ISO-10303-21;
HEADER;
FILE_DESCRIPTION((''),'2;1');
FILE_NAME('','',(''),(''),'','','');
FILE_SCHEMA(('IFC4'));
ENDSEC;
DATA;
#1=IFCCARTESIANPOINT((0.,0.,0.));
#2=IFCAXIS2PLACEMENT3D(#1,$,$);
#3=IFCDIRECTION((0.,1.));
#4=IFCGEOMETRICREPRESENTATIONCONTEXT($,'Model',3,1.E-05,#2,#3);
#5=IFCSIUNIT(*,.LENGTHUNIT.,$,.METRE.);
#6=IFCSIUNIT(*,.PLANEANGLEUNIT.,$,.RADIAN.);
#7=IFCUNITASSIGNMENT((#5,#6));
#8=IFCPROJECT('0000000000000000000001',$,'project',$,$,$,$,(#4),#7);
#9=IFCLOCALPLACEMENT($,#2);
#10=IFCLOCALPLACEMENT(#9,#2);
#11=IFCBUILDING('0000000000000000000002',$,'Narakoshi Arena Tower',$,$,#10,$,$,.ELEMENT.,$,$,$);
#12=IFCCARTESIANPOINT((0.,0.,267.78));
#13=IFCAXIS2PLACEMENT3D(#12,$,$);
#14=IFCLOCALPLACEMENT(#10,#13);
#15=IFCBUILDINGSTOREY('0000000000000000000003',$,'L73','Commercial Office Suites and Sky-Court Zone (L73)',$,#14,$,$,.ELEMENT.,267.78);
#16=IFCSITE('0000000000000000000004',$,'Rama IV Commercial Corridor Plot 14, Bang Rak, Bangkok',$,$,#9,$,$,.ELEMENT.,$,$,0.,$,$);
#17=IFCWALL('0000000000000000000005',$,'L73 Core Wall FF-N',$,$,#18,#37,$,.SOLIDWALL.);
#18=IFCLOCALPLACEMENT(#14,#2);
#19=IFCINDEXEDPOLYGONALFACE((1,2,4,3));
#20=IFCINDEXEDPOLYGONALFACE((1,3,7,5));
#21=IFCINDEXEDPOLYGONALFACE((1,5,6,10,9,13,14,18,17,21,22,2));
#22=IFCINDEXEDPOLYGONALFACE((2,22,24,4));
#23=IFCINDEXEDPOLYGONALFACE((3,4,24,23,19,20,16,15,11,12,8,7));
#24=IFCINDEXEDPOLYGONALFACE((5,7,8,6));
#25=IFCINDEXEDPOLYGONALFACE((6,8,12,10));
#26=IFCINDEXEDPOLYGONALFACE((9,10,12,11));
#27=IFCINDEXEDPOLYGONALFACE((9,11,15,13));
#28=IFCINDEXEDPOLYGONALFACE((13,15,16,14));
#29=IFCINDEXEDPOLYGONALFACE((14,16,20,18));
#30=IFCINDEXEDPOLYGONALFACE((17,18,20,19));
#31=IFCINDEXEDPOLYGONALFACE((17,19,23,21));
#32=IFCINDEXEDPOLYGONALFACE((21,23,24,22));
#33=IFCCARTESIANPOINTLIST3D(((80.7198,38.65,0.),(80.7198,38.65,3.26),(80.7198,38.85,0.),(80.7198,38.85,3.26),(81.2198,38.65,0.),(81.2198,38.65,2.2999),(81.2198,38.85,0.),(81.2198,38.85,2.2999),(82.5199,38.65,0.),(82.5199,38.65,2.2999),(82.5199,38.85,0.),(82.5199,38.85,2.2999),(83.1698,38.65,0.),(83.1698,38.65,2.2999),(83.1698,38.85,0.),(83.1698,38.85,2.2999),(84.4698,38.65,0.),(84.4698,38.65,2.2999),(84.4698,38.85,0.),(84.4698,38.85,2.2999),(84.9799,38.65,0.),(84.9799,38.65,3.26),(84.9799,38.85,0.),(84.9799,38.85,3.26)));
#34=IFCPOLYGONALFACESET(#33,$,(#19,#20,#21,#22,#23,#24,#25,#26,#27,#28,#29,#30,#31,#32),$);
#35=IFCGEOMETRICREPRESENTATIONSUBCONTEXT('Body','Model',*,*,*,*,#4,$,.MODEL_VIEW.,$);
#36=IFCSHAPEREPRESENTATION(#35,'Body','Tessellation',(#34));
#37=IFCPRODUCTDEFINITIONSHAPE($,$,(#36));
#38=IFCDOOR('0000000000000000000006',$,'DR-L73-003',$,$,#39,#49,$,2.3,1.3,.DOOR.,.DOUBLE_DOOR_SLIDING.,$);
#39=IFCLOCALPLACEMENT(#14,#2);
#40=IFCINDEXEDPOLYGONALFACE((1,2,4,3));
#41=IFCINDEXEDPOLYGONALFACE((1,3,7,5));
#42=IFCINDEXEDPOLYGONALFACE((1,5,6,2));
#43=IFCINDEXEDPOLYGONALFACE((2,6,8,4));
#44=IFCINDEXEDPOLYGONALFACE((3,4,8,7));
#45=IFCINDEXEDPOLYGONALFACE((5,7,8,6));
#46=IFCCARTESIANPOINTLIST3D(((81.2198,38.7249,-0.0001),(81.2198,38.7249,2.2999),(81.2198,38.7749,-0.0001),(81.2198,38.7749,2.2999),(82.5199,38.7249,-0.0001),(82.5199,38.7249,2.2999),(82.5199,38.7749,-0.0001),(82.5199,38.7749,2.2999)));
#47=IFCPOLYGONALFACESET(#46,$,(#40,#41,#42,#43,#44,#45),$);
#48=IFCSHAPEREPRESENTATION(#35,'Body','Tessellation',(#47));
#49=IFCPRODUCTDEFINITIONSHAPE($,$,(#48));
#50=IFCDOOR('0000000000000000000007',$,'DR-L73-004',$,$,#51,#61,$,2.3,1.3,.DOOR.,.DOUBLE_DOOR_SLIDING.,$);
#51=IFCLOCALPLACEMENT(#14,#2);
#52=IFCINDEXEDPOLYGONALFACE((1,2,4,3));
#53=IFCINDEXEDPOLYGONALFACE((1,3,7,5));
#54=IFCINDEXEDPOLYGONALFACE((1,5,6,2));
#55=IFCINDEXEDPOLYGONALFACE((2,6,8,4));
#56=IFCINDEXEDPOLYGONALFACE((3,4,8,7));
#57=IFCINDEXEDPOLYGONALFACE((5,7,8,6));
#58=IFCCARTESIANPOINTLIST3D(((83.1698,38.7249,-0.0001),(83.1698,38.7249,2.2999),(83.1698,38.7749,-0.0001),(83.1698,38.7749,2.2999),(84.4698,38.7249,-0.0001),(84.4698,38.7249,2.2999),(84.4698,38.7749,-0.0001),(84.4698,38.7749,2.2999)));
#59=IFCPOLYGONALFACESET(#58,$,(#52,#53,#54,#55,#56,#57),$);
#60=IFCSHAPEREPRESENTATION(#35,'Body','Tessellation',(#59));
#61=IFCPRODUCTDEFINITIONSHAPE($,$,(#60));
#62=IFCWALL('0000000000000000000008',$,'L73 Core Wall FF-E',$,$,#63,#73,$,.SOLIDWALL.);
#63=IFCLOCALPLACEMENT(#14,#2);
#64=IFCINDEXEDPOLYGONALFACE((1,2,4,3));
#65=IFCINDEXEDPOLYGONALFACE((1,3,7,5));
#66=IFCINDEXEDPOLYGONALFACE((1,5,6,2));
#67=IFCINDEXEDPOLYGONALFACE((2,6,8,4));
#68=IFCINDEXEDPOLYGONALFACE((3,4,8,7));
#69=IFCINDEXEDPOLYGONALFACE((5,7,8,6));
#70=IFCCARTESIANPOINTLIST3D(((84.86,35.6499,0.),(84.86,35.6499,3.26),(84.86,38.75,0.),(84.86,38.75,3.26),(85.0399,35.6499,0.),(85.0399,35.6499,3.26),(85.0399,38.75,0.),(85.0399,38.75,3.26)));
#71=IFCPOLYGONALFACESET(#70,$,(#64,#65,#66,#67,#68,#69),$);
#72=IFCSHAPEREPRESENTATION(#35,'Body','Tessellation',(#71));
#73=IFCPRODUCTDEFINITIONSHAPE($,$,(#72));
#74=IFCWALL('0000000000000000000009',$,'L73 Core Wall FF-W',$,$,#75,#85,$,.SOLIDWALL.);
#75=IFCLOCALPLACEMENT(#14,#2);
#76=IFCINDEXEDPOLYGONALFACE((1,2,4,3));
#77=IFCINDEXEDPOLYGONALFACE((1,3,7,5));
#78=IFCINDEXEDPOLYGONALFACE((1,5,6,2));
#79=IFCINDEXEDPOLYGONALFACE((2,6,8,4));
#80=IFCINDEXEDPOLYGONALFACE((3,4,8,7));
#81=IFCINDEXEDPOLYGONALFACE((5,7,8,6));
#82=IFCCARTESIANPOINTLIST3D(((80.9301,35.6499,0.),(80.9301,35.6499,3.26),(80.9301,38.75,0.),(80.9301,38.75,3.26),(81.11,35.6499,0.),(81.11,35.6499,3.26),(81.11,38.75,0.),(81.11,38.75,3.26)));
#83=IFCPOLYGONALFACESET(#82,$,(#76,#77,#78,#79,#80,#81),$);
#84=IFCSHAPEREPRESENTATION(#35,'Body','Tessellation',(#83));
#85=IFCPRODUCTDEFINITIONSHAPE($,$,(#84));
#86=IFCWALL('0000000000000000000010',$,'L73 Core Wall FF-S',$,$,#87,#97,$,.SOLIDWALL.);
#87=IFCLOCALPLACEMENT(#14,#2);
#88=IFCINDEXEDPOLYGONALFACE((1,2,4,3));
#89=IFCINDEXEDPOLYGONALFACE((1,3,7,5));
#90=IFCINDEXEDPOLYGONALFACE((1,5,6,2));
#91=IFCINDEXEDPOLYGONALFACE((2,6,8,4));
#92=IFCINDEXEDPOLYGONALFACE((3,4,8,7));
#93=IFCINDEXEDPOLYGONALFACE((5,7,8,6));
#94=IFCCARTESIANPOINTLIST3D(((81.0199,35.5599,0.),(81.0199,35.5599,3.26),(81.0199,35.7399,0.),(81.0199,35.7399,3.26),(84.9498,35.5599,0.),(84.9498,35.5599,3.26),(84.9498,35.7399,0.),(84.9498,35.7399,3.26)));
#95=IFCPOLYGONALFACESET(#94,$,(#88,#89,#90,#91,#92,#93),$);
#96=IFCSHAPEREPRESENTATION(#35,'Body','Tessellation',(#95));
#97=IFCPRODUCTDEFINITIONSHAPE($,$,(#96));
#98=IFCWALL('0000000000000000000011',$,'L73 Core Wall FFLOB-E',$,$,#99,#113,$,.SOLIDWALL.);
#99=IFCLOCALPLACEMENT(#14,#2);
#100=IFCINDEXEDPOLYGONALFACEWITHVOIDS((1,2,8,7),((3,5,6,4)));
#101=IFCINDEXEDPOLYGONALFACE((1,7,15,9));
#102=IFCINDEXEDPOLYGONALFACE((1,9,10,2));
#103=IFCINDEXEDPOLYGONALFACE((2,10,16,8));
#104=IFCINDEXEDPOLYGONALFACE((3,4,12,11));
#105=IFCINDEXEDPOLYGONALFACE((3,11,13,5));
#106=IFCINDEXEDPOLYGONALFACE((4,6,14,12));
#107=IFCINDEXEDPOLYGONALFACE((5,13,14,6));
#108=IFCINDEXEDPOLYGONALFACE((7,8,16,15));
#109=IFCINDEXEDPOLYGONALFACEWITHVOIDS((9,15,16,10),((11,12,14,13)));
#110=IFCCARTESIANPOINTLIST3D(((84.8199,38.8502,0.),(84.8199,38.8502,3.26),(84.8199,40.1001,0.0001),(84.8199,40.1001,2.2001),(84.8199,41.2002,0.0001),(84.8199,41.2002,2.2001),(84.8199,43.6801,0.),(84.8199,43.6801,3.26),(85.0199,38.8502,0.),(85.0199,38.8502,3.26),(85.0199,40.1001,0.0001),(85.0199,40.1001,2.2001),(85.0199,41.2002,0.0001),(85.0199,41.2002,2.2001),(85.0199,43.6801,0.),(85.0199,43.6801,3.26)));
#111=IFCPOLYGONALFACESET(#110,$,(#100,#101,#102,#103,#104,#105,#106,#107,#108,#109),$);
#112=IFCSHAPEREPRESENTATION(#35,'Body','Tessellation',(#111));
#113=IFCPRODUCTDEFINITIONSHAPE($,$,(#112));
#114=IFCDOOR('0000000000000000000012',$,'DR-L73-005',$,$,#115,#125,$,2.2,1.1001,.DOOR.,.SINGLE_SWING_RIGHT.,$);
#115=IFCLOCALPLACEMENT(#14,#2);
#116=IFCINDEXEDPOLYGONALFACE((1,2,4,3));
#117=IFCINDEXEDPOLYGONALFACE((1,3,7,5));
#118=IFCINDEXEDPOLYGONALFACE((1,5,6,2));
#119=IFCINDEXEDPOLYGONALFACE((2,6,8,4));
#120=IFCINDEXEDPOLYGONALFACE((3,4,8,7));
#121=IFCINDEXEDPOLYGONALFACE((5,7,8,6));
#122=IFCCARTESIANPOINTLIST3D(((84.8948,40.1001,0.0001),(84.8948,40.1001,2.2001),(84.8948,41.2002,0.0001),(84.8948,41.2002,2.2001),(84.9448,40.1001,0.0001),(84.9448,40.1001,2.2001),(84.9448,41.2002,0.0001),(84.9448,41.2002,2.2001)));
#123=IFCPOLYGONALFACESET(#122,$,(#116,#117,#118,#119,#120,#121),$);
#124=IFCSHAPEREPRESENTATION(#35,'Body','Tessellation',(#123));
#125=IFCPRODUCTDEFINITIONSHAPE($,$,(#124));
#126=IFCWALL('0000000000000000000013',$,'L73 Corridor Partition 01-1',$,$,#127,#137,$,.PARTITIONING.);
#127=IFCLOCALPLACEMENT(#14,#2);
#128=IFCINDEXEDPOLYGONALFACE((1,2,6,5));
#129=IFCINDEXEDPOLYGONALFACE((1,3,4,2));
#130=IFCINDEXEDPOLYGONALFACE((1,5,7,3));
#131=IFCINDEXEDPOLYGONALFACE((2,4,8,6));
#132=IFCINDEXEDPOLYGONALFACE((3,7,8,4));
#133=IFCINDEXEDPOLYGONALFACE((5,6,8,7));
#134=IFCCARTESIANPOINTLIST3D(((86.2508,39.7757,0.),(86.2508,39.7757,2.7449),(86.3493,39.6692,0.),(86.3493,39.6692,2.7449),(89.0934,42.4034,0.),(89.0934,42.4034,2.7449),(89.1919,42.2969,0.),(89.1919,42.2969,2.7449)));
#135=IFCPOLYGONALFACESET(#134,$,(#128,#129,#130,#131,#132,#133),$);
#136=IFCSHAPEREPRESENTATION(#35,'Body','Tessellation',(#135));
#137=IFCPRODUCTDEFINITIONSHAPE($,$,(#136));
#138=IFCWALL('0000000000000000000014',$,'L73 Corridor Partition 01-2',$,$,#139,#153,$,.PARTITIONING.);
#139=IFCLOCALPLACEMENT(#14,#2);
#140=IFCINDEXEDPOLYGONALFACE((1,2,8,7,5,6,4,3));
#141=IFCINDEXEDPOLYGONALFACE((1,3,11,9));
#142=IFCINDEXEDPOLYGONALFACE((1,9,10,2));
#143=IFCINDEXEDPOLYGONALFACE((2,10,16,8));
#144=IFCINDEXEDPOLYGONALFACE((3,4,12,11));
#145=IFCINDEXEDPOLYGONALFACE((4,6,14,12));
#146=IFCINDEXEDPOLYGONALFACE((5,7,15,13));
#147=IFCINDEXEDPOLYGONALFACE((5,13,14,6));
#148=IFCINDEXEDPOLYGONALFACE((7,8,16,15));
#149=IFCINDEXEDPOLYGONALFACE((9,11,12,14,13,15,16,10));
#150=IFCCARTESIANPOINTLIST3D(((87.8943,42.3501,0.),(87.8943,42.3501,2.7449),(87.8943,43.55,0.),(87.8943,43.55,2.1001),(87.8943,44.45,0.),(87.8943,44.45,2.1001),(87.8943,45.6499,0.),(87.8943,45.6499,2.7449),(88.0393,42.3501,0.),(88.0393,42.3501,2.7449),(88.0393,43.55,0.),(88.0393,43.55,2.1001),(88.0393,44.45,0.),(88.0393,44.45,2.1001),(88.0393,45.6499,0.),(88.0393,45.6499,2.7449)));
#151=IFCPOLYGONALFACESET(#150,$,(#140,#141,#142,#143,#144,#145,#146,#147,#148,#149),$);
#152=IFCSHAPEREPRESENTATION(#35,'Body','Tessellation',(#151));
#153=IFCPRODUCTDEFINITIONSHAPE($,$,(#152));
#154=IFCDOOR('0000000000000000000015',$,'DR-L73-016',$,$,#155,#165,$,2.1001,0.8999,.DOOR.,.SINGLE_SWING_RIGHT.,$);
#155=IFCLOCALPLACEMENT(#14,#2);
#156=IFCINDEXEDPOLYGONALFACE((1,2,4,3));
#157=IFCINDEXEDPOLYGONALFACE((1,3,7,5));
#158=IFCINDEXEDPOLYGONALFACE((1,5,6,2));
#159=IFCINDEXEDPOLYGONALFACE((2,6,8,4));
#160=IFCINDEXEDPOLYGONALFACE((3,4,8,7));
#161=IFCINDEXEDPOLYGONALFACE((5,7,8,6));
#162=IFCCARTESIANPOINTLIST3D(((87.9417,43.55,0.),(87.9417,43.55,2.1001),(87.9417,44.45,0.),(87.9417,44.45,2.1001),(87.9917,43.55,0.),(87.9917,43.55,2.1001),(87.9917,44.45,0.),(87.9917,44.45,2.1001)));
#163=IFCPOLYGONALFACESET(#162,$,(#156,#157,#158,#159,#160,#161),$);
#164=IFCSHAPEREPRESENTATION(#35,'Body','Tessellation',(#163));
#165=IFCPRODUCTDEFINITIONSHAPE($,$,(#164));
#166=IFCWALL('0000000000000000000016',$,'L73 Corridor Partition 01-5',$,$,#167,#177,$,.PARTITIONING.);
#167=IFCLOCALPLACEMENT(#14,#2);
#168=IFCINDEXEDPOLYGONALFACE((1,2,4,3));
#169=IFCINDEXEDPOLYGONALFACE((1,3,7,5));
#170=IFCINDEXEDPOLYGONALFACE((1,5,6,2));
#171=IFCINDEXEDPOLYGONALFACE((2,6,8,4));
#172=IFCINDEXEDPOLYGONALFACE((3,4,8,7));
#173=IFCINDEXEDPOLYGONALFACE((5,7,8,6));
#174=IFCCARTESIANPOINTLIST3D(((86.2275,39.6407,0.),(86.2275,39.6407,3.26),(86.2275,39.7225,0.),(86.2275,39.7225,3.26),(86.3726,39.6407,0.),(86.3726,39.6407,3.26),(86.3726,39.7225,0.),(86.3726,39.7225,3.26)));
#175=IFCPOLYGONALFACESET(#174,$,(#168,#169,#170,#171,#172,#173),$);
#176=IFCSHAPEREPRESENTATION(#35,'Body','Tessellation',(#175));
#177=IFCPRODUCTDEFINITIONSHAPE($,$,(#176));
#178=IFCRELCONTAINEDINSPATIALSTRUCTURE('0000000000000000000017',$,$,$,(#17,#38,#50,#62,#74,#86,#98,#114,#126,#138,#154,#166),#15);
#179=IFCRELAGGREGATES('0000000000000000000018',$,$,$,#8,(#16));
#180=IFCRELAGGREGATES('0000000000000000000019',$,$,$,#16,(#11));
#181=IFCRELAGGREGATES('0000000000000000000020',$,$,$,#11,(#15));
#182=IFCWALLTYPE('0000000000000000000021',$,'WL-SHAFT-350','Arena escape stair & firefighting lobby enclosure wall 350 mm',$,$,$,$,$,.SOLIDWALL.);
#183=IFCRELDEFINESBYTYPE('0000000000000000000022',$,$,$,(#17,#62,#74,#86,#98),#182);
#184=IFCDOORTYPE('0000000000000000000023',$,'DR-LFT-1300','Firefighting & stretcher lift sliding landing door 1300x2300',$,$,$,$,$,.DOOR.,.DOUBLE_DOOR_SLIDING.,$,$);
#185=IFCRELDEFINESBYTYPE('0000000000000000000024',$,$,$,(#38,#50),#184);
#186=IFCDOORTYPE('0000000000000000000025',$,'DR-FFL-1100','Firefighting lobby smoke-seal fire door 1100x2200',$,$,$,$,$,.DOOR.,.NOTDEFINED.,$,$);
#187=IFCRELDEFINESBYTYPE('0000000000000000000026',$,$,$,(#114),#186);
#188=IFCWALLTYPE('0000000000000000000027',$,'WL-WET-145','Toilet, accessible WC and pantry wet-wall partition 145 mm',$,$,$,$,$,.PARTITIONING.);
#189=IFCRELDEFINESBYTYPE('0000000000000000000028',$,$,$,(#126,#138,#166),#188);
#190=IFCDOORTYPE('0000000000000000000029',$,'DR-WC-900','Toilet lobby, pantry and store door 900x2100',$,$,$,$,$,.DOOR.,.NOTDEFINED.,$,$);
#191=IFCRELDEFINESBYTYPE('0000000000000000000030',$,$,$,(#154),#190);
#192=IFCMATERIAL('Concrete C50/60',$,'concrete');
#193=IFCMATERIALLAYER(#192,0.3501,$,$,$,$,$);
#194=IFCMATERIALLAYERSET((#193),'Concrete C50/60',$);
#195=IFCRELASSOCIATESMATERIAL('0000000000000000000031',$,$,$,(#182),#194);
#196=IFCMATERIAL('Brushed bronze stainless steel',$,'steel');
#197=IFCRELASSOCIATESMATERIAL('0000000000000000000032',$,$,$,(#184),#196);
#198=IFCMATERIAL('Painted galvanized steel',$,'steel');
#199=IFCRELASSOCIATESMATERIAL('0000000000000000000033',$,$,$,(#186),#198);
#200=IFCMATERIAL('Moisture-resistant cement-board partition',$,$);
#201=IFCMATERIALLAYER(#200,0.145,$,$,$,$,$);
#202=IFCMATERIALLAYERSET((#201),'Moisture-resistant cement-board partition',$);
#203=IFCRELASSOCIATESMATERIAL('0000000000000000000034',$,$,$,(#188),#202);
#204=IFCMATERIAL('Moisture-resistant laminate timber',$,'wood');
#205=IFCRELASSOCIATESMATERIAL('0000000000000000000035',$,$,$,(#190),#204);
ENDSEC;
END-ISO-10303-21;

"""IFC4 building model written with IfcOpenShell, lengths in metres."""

from ifc_helpers import new_model, si_unit, direction, frame, frame_2d, origin, place, context, subcontext, project, spatial, rectangle, extrude, material, layer, layer_set, type_object, element, fill, save


model = new_model("IFC4")

# Units and contexts
model_context = context("Model", 3, precision=1e-05, world=origin(), true_north=direction((0.0, 1.0)))
body_context = subcontext(model_context, "Body", "Model", "MODEL_VIEW")
ifc_project = project(units=[si_unit("LENGTHUNIT", "METRE"), si_unit("PLANEANGLEUNIT", "RADIAN")], contexts=[model_context])

# Site, building, storey
site_placement = place(None, origin())
site = spatial("IfcSite", under=ifc_project, at=site_placement, Name="Rama IV Commercial Corridor Plot 14, Bang Rak, Bangkok", CompositionType="ELEMENT", RefElevation=0.0)
building_placement = place(site_placement, origin())
building = spatial("IfcBuilding", under=site, at=building_placement, Name="Narakoshi Arena Tower", CompositionType="ELEMENT")
storey_placement = place(building_placement, frame((0.0, 0.0, 267.78)))
storey = spatial("IfcBuildingStorey", under=building, at=storey_placement, Name="L73", Description="Commercial Office Suites and Sky-Court Zone (L73)", CompositionType="ELEMENT", Elevation=267.78)

# Shared definitions
ifc_material_1 = material(Name="Concrete C50/60", Category="concrete")

# Shared definitions
ifc_layer_1 = layer(ifc_material_1, 0.3501)
ifc_layer_set_1 = layer_set([ifc_layer_1], Name="Concrete C50/60")
wall_type_1 = type_object("IfcWallType", Name="WL-SHAFT-350", Description="Arena escape stair & firefighting lobby enclosure wall 350 mm", PredefinedType="SOLIDWALL", material=ifc_layer_set_1)

# Shared definitions
ifc_material_2 = material(Name="Painted galvanized steel", Category="steel")

# Wall, openings, doors
wall_1_placement = place(storey_placement, frame((80.72, 38.75, 0.0), z_axis=(0.0, 0.0, 1.0), x_axis=(1.0, 0.0, 0.0)))
wall_1 = element("IfcWall", 1, at=wall_1_placement, inside=storey, type_object=wall_type_1, Name="L73 Core Wall FF-N", PredefinedType="SOLIDWALL", context=body_context, shape_type="SweptSolid", body=[
    extrude(rectangle(XDim=4.26, YDim=0.2, at=frame_2d((2.1299, 0.0))), origin(), (0.0, 0.0, 1.0), 3.26),
])
opening_1_placement = place(wall_1_placement, frame((0.5, 0.0, 0.0)))
opening_1 = element("IfcOpeningElement", 2, at=opening_1_placement, cuts=wall_1, PredefinedType="OPENING", context=body_context, shape_type="SweptSolid", body=[
    extrude(rectangle(XDim=1.3, YDim=2.3, at=frame_2d((0.6499, 1.1499))), frame((0.0, 0.1099, 0.0), z_axis=(0.0, -1.0, 0.0), x_axis=(1.0, 0.0, 0.0)), (0.0, 0.0, 1.0), 0.22),
])
opening_2_placement = place(wall_1_placement, frame((2.45, 0.0, 0.0)))
opening_2 = element("IfcOpeningElement", 3, at=opening_2_placement, cuts=wall_1, PredefinedType="OPENING", context=body_context, shape_type="SweptSolid", body=[
    extrude(rectangle(XDim=1.3, YDim=2.3, at=frame_2d((0.6499, 1.1499))), frame((0.0, 0.1099, 0.0), z_axis=(0.0, -1.0, 0.0), x_axis=(1.0, 0.0, 0.0)), (0.0, 0.0, 1.0), 0.22),
])
ifc_material_3 = material(Name="Brushed bronze stainless steel", Category="steel")
door_type_1 = type_object("IfcDoorType", Name="DR-LFT-1300", Description="Firefighting & stretcher lift sliding landing door 1300x2300", OperationType="DOUBLE_DOOR_SLIDING", PredefinedType="DOOR", material=ifc_material_3)
door_1_placement = place(opening_1_placement, origin())
door_1 = element("IfcDoor", 4, at=door_1_placement, inside=storey, type_object=door_type_1, Name="DR-L73-003", OperationType="DOUBLE_DOOR_SLIDING", OverallHeight=2.3, OverallWidth=1.3, PredefinedType="DOOR", context=body_context, shape_type="SweptSolid", body=[
    extrude(rectangle(XDim=1.3, YDim=2.3, at=frame_2d((0.6499, 1.1499))), frame((0.0, 0.0249, 0.0), z_axis=(0.0, -1.0, 0.0), x_axis=(1.0, 0.0, 0.0)), (0.0, 0.0, 1.0), 0.05),
])
fill(opening_1, door_1)
door_2_placement = place(opening_2_placement, origin())
door_2 = element("IfcDoor", 5, at=door_2_placement, inside=storey, type_object=door_type_1, Name="DR-L73-004", OperationType="DOUBLE_DOOR_SLIDING", OverallHeight=2.3, OverallWidth=1.3, PredefinedType="DOOR", context=body_context, shape_type="SweptSolid", body=[
    extrude(rectangle(XDim=1.3, YDim=2.3, at=frame_2d((0.6499, 1.1499))), frame((0.0, 0.0249, 0.0), z_axis=(0.0, -1.0, 0.0), x_axis=(1.0, 0.0, 0.0)), (0.0, 0.0, 1.0), 0.05),
])
fill(opening_2, door_2)

# Walls
for number, where, z_axis, x_axis, name in (
    (6, (84.95, 35.6499, 0.0), (0.0, 0.0, 1.0), (0.0, 1.0, 0.0), "L73 Core Wall FF-E"),
    (7, (81.02, 35.6499, 0.0), (0.0, 0.0, 1.0), (0.0, 1.0, 0.0), "L73 Core Wall FF-W"),
):
    element("IfcWall", number, at=place(storey_placement, frame(where, z_axis=z_axis, x_axis=x_axis)), inside=storey, type_object=wall_type_1, Name=name, PredefinedType="SOLIDWALL", context=body_context, shape_type="SweptSolid", body=[
        extrude(rectangle(XDim=3.1001, YDim=0.1799, at=frame_2d((1.55, 0.0))), origin(), (0.0, 0.0, 1.0), 3.26),
    ])
wall_2_placement = place(storey_placement, frame((81.02, 35.6499, 0.0), z_axis=(0.0, 0.0, 1.0), x_axis=(1.0, 0.0, 0.0)))
element("IfcWall", 8, at=wall_2_placement, inside=storey, type_object=wall_type_1, Name="L73 Core Wall FF-S", PredefinedType="SOLIDWALL", context=body_context, shape_type="SweptSolid", body=[
    extrude(rectangle(XDim=3.9299, YDim=0.1799, at=frame_2d((1.9648, 0.0))), origin(), (0.0, 0.0, 1.0), 3.26),
])

# Wall, opening, door
wall_3_placement = place(storey_placement, frame((84.9199, 38.8501, 0.0), z_axis=(0.0, 0.0, 1.0), x_axis=(0.0, 1.0, 0.0)))
wall_3 = element("IfcWall", 9, at=wall_3_placement, inside=storey, type_object=wall_type_1, Name="L73 Core Wall FFLOB-E", PredefinedType="SOLIDWALL", context=body_context, shape_type="SweptSolid", body=[
    extrude(rectangle(XDim=4.8298, YDim=0.2, at=frame_2d((2.415, 0.0))), origin(), (0.0, 0.0, 1.0), 3.26),
])
opening_3_placement = place(wall_3_placement, frame((1.25, 0.0, 0.0)))
opening_3 = element("IfcOpeningElement", 10, at=opening_3_placement, cuts=wall_3, PredefinedType="OPENING", context=body_context, shape_type="SweptSolid", body=[
    extrude(rectangle(XDim=1.1001, YDim=2.2, at=frame_2d((0.55, 1.1001))), frame((0.0, 0.1099, 0.0), z_axis=(0.0, -1.0, 0.0), x_axis=(1.0, 0.0, 0.0)), (0.0, 0.0, 1.0), 0.22),
])
door_type_2 = type_object("IfcDoorType", Name="DR-FFL-1100", Description="Firefighting lobby smoke-seal fire door 1100x2200", OperationType="NOTDEFINED", PredefinedType="DOOR", material=ifc_material_2)
door_3_placement = place(opening_3_placement, frame((1.1001, 0.0, 0.0), z_axis=(0.0, 0.0, 1.0), x_axis=(-1.0, 0.0, 0.0)))
door_3 = element("IfcDoor", 11, at=door_3_placement, inside=storey, type_object=door_type_2, Name="DR-L73-005", OperationType="SINGLE_SWING_RIGHT", OverallHeight=2.2, OverallWidth=1.1001, PredefinedType="DOOR", context=body_context, shape_type="SweptSolid", body=[
    extrude(rectangle(XDim=1.1001, YDim=2.2, at=frame_2d((0.55, 1.1001))), frame((0.0, 0.0249, 0.0), z_axis=(0.0, -1.0, 0.0), x_axis=(1.0, 0.0, 0.0)), (0.0, 0.0, 1.0), 0.05),
])
fill(opening_3, door_3)

# Wall
ifc_material_4 = material(Name="Moisture-resistant cement-board partition")
ifc_layer_2 = layer(ifc_material_4, 0.145)
ifc_layer_set_2 = layer_set([ifc_layer_2], Name="Moisture-resistant cement-board partition")
wall_type_2 = type_object("IfcWallType", Name="WL-WET-145", Description="Toilet, accessible WC and pantry wet-wall partition 145 mm", PredefinedType="PARTITIONING", material=ifc_layer_set_2)
wall_4_placement = place(storey_placement, frame((86.3, 39.7224, 0.0), z_axis=(0.0, 0.0, 1.0), x_axis=(0.734312, 0.678812, 0.0)))
element("IfcWall", 12, at=wall_4_placement, inside=storey, type_object=wall_type_2, Name="L73 Corridor Partition 01-1", PredefinedType="PARTITIONING", context=body_context, shape_type="SweptSolid", body=[
    extrude(rectangle(XDim=3.8711, YDim=0.145, at=frame_2d((1.9355, 0.0))), origin(), (0.0, 0.0, 1.0), 2.7449),
])

# Wall, opening, door
wall_5_placement = place(storey_placement, frame((87.9668, 42.3501, 0.0), z_axis=(0.0, 0.0, 1.0), x_axis=(0.0, 1.0, 0.0)))
wall_5 = element("IfcWall", 13, at=wall_5_placement, inside=storey, type_object=wall_type_2, Name="L73 Corridor Partition 01-2", PredefinedType="PARTITIONING", context=body_context, shape_type="SweptSolid", body=[
    extrude(rectangle(XDim=3.2998, YDim=0.145, at=frame_2d((1.6499, 0.0))), origin(), (0.0, 0.0, 1.0), 2.7449),
])
opening_4_placement = place(wall_5_placement, frame((1.2, 0.0, 0.0)))
opening_4 = element("IfcOpeningElement", 14, at=opening_4_placement, cuts=wall_5, PredefinedType="OPENING", context=body_context, shape_type="SweptSolid", body=[
    extrude(rectangle(XDim=0.8999, YDim=2.1001, at=frame_2d((0.45, 1.05))), frame((0.0, 0.0825, 0.0), z_axis=(0.0, -1.0, 0.0), x_axis=(1.0, 0.0, 0.0)), (0.0, 0.0, 1.0), 0.165),
])
ifc_material_5 = material(Name="Moisture-resistant laminate timber", Category="wood")
door_type_3 = type_object("IfcDoorType", Name="DR-WC-900", Description="Toilet lobby, pantry and store door 900x2100", OperationType="NOTDEFINED", PredefinedType="DOOR", material=ifc_material_5)
door_4_placement = place(opening_4_placement, frame((0.8999, 0.0, 0.0), z_axis=(0.0, 0.0, 1.0), x_axis=(-1.0, 0.0, 0.0)))
door_4 = element("IfcDoor", 15, at=door_4_placement, inside=storey, type_object=door_type_3, Name="DR-L73-016", OperationType="SINGLE_SWING_RIGHT", OverallHeight=2.1001, OverallWidth=0.8999, PredefinedType="DOOR", context=body_context, shape_type="SweptSolid", body=[
    extrude(rectangle(XDim=0.8999, YDim=2.1001, at=frame_2d((0.45, 1.05))), frame((0.0, 0.0249, 0.0), z_axis=(0.0, -1.0, 0.0), x_axis=(1.0, 0.0, 0.0)), (0.0, 0.0, 1.0), 0.05),
])
fill(opening_4, door_4)

# Wall
wall_6_placement = place(storey_placement, frame((86.3, 39.6406, 0.0), z_axis=(0.0, 0.0, 1.0), x_axis=(0.0, 1.0, 0.0)))
element("IfcWall", 16, at=wall_6_placement, inside=storey, type_object=wall_type_2, Name="L73 Corridor Partition 01-5", PredefinedType="PARTITIONING", context=body_context, shape_type="SweptSolid", body=[
    extrude(rectangle(XDim=0.0818, YDim=0.145, at=frame_2d((0.041, 0.0))), origin(), (0.0, 0.0, 1.0), 3.26),
])

save(model, "model.ifc")
